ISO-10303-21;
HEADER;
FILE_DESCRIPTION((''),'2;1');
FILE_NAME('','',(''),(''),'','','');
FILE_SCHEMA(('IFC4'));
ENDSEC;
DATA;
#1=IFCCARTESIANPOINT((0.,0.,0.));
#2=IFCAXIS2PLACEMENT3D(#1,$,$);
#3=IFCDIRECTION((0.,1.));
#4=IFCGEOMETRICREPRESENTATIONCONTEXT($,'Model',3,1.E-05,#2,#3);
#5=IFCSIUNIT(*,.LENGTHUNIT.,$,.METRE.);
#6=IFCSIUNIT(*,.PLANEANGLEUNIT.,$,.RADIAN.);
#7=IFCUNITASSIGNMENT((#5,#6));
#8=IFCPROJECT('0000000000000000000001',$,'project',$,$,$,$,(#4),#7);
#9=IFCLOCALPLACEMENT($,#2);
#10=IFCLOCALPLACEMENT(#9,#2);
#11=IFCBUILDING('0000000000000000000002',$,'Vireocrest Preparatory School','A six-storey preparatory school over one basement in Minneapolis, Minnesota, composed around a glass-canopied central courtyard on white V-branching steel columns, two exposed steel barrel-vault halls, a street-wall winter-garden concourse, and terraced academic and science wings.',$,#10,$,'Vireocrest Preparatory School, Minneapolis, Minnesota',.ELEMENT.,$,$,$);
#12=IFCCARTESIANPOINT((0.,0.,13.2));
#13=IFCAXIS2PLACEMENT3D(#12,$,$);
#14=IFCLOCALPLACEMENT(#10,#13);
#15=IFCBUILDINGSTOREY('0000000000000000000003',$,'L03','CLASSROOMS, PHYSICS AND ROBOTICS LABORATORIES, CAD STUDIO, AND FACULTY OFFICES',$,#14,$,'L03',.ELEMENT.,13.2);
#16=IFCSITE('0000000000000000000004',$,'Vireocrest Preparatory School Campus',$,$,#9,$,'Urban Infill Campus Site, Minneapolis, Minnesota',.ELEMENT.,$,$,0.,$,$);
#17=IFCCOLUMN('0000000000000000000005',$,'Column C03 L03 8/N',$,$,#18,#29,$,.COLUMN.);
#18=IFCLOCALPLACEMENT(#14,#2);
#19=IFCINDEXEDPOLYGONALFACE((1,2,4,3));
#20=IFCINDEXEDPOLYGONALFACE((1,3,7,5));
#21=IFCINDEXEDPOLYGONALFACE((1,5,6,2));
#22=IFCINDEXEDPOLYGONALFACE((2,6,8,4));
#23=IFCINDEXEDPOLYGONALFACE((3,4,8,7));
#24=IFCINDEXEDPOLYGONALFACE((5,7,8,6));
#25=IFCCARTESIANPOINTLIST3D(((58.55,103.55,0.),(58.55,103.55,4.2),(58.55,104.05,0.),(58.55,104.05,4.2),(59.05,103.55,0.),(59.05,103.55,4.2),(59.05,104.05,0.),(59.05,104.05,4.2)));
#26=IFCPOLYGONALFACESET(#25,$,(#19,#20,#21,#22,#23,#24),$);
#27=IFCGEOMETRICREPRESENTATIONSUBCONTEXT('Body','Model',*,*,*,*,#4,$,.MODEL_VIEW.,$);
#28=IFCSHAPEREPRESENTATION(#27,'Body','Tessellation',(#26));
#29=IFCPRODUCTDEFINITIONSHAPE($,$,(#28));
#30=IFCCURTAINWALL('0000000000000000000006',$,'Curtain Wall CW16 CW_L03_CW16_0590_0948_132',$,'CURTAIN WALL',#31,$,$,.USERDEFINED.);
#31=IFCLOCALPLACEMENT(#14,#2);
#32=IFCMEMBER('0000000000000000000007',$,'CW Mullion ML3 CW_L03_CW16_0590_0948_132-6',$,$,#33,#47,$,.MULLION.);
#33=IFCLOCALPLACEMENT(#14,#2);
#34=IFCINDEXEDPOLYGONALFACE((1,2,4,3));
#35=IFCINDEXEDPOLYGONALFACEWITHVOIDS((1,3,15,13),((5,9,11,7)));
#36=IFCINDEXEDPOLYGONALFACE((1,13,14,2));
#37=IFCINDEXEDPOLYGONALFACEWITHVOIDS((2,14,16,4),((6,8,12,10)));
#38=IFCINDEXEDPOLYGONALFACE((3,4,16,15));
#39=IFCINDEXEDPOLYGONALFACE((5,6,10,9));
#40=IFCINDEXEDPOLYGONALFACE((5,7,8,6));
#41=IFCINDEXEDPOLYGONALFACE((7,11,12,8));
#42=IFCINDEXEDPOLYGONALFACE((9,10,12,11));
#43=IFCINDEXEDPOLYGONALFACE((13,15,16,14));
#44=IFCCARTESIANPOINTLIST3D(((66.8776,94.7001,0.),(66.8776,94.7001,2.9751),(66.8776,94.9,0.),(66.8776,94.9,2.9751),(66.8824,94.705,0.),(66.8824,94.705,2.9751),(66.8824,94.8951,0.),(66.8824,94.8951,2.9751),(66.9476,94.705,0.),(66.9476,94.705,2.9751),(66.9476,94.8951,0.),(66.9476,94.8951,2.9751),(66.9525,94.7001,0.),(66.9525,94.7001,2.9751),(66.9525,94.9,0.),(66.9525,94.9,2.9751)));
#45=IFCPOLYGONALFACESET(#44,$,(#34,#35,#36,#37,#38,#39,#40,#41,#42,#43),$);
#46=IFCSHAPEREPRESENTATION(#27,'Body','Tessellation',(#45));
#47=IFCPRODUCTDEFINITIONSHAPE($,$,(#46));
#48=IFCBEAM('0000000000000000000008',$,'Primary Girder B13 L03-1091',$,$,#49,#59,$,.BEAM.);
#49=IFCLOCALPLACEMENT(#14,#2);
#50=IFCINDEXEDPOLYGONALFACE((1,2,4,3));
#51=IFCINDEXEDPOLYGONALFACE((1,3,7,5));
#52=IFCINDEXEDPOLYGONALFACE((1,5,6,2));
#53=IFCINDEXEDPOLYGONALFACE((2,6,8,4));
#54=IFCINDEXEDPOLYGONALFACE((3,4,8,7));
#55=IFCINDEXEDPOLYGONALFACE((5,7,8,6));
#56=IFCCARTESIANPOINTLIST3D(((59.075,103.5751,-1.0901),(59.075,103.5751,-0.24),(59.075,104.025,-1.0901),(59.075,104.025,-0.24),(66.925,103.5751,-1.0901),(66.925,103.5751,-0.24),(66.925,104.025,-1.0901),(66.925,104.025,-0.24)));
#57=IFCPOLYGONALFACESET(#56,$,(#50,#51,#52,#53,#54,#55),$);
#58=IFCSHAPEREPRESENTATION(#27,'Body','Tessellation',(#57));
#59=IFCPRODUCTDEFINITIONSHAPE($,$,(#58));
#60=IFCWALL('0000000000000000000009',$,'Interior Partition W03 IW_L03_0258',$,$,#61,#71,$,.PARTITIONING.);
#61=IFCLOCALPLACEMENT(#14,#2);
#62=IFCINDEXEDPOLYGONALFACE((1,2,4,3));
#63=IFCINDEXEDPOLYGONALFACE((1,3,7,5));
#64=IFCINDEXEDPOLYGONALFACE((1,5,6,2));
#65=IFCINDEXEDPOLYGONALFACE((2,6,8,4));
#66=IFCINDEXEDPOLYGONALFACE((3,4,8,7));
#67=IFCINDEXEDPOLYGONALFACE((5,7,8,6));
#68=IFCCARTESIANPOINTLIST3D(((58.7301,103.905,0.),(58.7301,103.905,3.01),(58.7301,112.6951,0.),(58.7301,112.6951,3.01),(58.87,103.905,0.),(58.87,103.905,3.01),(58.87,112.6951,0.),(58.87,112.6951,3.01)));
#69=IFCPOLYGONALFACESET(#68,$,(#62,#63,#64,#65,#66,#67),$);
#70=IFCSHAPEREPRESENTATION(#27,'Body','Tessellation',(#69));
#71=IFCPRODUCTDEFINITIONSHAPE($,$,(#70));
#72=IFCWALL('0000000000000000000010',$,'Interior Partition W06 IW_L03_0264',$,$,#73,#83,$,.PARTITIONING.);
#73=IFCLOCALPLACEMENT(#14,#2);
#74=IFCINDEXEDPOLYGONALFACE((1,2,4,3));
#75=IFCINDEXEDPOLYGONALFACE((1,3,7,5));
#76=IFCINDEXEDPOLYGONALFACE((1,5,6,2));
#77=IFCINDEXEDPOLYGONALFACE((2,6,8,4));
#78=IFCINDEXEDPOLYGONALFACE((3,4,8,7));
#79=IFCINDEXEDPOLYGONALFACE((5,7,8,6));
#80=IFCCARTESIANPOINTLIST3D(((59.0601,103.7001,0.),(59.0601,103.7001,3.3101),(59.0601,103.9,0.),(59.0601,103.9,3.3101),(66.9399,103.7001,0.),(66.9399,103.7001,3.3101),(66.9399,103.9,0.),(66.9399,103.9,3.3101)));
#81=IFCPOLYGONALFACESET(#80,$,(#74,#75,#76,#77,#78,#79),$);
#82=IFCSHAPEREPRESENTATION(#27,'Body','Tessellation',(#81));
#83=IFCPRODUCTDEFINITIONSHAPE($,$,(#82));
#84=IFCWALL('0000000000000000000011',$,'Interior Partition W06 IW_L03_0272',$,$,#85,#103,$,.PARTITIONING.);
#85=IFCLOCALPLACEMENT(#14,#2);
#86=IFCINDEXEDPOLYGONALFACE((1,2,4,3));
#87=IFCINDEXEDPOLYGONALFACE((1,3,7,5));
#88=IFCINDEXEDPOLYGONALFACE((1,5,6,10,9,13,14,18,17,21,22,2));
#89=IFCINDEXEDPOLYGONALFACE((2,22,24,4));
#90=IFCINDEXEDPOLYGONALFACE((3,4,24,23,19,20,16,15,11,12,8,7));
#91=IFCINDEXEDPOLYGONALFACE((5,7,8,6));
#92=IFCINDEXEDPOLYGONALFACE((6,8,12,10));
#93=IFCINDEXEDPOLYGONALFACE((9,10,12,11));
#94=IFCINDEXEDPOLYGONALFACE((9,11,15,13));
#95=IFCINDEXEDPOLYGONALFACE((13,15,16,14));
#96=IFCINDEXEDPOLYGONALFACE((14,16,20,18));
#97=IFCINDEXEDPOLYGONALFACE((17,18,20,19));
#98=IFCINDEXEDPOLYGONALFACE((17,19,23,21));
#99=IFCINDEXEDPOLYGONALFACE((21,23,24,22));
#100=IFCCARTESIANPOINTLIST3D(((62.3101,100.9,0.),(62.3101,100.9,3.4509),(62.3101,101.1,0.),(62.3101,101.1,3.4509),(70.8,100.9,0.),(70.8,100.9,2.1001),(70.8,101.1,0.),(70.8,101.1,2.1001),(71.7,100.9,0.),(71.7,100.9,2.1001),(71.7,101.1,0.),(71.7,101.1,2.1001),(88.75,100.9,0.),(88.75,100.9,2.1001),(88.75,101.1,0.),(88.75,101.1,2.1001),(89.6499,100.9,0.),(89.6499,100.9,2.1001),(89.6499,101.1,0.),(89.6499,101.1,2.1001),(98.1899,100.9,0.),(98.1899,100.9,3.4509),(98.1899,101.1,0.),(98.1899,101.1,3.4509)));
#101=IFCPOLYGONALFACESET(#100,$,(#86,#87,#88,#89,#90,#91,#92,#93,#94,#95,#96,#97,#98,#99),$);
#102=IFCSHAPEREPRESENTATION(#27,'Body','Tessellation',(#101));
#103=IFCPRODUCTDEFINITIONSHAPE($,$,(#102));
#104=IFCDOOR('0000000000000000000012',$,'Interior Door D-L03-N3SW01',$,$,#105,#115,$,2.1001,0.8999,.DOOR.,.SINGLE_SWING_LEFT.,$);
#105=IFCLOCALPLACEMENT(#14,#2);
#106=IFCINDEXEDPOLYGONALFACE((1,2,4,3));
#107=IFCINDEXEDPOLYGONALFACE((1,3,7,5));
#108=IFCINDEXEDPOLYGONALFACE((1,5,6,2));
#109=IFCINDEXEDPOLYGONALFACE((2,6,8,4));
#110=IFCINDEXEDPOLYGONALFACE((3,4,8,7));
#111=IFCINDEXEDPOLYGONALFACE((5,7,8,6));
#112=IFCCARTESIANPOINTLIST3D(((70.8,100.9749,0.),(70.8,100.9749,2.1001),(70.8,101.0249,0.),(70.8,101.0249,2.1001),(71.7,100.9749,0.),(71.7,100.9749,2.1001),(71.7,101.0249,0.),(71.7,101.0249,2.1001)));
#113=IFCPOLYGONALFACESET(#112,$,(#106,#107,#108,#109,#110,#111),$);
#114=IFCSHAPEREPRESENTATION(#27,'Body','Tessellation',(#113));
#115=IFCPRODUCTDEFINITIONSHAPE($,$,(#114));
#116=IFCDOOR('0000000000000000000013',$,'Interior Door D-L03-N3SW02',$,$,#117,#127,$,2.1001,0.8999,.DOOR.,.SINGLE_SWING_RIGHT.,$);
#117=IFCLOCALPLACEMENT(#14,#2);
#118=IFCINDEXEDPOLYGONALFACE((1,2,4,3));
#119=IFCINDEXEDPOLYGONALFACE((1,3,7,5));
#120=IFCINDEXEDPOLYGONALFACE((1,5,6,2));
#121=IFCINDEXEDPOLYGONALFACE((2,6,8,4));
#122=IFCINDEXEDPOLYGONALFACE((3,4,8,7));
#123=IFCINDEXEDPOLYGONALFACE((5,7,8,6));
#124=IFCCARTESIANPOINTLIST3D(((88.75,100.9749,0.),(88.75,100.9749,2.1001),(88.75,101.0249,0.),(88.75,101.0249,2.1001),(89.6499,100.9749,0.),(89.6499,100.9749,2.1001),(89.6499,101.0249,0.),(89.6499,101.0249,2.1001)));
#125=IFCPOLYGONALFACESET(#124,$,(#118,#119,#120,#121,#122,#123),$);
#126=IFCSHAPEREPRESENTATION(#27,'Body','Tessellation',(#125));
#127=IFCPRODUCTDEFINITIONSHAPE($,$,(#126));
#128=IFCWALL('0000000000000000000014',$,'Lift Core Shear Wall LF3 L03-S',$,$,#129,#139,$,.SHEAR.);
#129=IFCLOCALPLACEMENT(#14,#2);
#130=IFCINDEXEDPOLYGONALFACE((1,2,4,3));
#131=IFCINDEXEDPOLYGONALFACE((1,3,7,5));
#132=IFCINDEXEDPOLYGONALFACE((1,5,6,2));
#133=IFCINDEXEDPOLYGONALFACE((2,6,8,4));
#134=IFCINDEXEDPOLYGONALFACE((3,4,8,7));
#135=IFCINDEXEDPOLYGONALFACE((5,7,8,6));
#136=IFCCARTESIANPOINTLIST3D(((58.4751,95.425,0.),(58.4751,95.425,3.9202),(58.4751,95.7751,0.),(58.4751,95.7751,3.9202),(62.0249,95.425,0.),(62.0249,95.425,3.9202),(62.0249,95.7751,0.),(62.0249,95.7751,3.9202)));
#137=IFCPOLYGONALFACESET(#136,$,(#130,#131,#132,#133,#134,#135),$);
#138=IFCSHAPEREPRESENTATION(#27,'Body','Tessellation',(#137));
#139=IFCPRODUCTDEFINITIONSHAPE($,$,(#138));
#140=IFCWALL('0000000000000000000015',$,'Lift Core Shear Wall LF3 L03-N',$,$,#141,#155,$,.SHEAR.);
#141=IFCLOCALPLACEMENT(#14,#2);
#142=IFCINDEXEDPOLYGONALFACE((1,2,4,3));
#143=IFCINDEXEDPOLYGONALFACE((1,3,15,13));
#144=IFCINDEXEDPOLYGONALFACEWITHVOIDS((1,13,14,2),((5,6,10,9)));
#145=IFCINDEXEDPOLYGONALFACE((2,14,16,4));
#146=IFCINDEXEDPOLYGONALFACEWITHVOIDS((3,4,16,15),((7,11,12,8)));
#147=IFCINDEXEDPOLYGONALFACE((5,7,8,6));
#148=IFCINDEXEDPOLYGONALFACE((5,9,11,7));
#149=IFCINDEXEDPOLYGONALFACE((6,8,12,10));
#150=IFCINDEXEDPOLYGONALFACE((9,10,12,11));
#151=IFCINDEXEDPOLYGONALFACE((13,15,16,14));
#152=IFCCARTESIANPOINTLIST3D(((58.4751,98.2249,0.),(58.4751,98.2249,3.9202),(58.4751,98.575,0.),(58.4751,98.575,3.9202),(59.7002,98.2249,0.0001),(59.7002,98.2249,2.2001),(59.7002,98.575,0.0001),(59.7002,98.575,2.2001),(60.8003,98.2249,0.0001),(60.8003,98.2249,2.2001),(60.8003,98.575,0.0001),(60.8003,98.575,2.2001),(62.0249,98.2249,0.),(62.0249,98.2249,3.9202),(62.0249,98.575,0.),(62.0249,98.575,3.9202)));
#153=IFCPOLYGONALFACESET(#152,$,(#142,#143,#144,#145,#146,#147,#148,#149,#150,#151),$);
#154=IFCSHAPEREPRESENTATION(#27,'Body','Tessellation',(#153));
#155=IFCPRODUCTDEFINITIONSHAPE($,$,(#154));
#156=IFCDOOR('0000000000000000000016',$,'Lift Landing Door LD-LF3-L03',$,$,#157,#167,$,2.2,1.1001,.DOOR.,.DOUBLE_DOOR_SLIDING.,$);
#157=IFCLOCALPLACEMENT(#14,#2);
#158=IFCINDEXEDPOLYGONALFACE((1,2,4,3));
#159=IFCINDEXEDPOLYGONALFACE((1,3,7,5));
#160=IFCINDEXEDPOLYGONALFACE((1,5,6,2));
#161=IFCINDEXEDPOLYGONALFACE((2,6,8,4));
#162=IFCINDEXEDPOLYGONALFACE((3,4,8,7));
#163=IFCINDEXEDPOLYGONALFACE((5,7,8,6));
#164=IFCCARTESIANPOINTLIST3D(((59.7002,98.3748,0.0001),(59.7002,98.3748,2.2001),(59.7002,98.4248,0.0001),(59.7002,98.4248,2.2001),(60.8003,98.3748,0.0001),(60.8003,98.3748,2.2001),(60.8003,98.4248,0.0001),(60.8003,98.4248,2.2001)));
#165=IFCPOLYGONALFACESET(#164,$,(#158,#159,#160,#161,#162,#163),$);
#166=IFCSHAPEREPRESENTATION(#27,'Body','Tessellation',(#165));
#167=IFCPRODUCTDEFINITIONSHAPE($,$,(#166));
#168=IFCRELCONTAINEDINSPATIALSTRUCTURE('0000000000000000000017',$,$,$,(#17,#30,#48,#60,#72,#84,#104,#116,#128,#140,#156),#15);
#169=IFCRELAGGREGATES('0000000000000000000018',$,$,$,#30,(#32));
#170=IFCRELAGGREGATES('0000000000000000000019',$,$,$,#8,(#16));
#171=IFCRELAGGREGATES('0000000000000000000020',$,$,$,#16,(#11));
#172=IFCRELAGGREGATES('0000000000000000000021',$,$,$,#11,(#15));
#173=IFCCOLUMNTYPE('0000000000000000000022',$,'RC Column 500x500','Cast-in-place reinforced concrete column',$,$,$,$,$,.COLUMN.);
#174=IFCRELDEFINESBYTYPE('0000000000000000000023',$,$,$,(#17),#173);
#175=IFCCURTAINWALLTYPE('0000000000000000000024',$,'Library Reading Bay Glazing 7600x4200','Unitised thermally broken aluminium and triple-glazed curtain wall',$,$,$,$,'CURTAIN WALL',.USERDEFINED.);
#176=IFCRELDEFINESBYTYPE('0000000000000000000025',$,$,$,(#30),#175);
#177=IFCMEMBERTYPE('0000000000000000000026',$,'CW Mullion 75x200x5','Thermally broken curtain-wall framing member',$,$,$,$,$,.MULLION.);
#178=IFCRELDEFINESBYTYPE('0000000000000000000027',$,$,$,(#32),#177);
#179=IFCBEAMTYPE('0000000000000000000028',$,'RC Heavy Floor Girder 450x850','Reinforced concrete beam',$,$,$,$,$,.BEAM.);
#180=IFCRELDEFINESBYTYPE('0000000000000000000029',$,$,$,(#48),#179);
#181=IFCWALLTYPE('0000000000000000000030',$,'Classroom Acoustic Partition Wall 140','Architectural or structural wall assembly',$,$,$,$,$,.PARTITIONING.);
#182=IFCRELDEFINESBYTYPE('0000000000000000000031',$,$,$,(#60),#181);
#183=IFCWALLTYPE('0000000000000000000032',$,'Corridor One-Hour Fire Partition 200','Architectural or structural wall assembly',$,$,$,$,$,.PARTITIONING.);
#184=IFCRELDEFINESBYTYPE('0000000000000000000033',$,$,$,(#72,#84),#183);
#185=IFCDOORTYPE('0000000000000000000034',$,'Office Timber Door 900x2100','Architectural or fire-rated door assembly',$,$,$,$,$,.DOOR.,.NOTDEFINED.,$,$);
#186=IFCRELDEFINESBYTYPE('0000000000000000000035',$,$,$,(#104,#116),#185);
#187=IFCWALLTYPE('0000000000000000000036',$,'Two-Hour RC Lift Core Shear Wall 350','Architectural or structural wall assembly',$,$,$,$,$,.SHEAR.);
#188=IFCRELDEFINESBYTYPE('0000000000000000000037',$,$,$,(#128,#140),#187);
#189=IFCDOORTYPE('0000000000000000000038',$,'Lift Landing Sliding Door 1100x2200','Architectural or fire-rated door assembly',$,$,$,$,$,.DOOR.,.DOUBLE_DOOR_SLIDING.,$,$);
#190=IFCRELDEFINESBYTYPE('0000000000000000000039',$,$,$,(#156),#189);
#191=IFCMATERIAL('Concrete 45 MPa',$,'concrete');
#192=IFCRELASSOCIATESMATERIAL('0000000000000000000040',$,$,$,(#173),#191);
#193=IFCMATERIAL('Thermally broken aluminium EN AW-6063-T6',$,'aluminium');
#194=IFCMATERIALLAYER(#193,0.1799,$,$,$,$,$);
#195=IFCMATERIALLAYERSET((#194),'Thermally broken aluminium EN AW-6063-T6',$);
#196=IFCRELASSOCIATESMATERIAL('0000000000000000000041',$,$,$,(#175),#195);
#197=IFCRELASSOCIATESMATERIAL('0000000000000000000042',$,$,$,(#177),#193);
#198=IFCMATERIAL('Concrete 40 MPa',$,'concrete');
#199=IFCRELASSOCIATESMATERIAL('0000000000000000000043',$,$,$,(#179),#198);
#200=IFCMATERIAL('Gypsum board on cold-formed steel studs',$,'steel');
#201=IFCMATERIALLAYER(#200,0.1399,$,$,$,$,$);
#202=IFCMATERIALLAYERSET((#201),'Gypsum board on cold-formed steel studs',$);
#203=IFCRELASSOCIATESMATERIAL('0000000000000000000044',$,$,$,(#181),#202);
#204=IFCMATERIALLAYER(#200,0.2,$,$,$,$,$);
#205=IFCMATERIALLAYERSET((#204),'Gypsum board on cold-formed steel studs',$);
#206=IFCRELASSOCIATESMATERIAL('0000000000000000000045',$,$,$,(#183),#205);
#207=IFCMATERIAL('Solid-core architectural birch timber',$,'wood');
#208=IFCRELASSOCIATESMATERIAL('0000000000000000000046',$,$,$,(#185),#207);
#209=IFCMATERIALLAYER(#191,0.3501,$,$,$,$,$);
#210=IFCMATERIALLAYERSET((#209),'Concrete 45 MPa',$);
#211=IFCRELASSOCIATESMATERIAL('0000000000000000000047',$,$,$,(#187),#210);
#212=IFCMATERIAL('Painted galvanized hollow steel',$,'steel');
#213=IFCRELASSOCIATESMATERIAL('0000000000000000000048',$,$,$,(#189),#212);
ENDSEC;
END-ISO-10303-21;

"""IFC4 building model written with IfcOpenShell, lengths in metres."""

from ifc_helpers import new_model, si_unit, direction, frame, frame_2d, origin, origin_2d, place, context, subcontext, project, spatial, rectangle, hollow_rectangle, extrude, material, layer, layer_set, material_profile, profile_set, type_object, element, fill, aggregate, save


model = new_model("IFC4")

# Units and contexts
model_context = context("Model", 3, precision=1e-05, world=origin(), true_north=direction((0.0, 1.0)))
body_context = subcontext(model_context, "Body", "Model", "MODEL_VIEW")
ifc_project = project(units=[si_unit("LENGTHUNIT", "METRE"), si_unit("PLANEANGLEUNIT", "RADIAN")], contexts=[model_context])

# Site, building, storey
site_placement = place(None, origin())
site = spatial("IfcSite", under=ifc_project, at=site_placement, Name="Vireocrest Preparatory School Campus", LongName="Urban Infill Campus Site, Minneapolis, Minnesota", CompositionType="ELEMENT", RefElevation=0.0)
building_placement = place(site_placement, origin())
building = spatial("IfcBuilding", under=site, at=building_placement, Name="Vireocrest Preparatory School", Description="A six-storey preparatory school over one basement in Minneapolis, Minnesota, composed around a glass-canopied central courtyard on white V-branching steel columns, two exposed steel barrel-vault halls, a street-wall winter-garden concourse, and terraced academic and science wings.", LongName="Vireocrest Preparatory School, Minneapolis, Minnesota", CompositionType="ELEMENT")
storey_placement = place(building_placement, frame((0.0, 0.0, 13.2)))
storey = spatial("IfcBuildingStorey", under=building, at=storey_placement, Name="L03", Description="CLASSROOMS, PHYSICS AND ROBOTICS LABORATORIES, CAD STUDIO, AND FACULTY OFFICES", LongName="L03", CompositionType="ELEMENT", Elevation=13.2)

# Column
ifc_material_1 = material(Name="Concrete 45 MPa", Category="concrete")
ifc_material_profile_1 = material_profile(ifc_material_1, rectangle(XDim=0.5, YDim=0.5, at=origin_2d()), Name="RC 500x500")
ifc_profile_set_1 = profile_set([ifc_material_profile_1], Name="Concrete 45 MPa")
column_type = type_object("IfcColumnType", Name="RC Column 500x500", Description="Cast-in-place reinforced concrete column", PredefinedType="COLUMN", material=ifc_profile_set_1)
column_placement = place(storey_placement, frame((58.8, 103.8, 0.0), z_axis=(0.0, 0.0, 1.0), x_axis=(1.0, 0.0, 0.0)))
element("IfcColumn", 1, at=column_placement, inside=storey, type_object=column_type, Name="Column C03 L03 8/N", PredefinedType="COLUMN", context=body_context, shape_type="SweptSolid", body=[
    extrude(rectangle(XDim=0.5, YDim=0.5, at=origin_2d()), origin(), (0.0, 0.0, 1.0), 4.2),
])

# Curtain wall, member
ifc_material_2 = material(Name="Thermally broken aluminium EN AW-6063-T6", Category="aluminium")
ifc_layer_1 = layer(ifc_material_2, 0.1799)
ifc_layer_set_1 = layer_set([ifc_layer_1], Name="Thermally broken aluminium EN AW-6063-T6")
curtain_wall_type = type_object("IfcCurtainWallType", Name="Library Reading Bay Glazing 7600x4200", Description="Unitised thermally broken aluminium and triple-glazed curtain wall", ElementType="CURTAIN WALL", PredefinedType="USERDEFINED", material=ifc_layer_set_1)
curtain_wall_placement = place(storey_placement, origin())
curtain_wall = element("IfcCurtainWall", 2, at=curtain_wall_placement, inside=storey, type_object=curtain_wall_type, Name="Curtain Wall CW16 CW_L03_CW16_0590_0948_132", ObjectType="CURTAIN WALL", PredefinedType="USERDEFINED")
ifc_material_profile_2 = material_profile(ifc_material_2, hollow_rectangle(XDim=0.075, YDim=0.2, WallThickness=0.0049, at=origin_2d()), Name="ALU 75x200x5")
ifc_profile_set_2 = profile_set([ifc_material_profile_2], Name="Thermally broken aluminium EN AW-6063-T6")
member_type = type_object("IfcMemberType", Name="CW Mullion 75x200x5", Description="Thermally broken curtain-wall framing member", PredefinedType="MULLION", material=ifc_profile_set_2)
member_placement = place(storey_placement, frame((66.915, 94.8, 0.0), z_axis=(0.0, 0.0, 1.0), x_axis=(1.0, 0.0, 0.0)))
member = element("IfcMember", 3, at=member_placement, type_object=member_type, Name="CW Mullion ML3 CW_L03_CW16_0590_0948_132-6", PredefinedType="MULLION", context=body_context, shape_type="SweptSolid", body=[
    extrude(hollow_rectangle(XDim=0.075, YDim=0.2, WallThickness=0.0049, at=origin_2d()), origin(), (0.0, 0.0, 1.0), 2.9751),
])
aggregate(curtain_wall, [member])

# Beam
ifc_material_3 = material(Name="Concrete 40 MPa", Category="concrete")
ifc_material_profile_3 = material_profile(ifc_material_3, rectangle(XDim=0.45, YDim=0.8501, at=origin_2d()), Name="RC 450x850")
ifc_profile_set_3 = profile_set([ifc_material_profile_3], Name="Concrete 40 MPa")
beam_type = type_object("IfcBeamType", Name="RC Heavy Floor Girder 450x850", Description="Reinforced concrete beam", PredefinedType="BEAM", material=ifc_profile_set_3)
beam_placement = place(storey_placement, frame((59.075, 103.8, -0.665), z_axis=(1.0, 0.0, 0.0), x_axis=(0.0, 1.0, 0.0)))
element("IfcBeam", 4, at=beam_placement, inside=storey, type_object=beam_type, Name="Primary Girder B13 L03-1091", PredefinedType="BEAM", context=body_context, shape_type="SweptSolid", body=[
    extrude(rectangle(XDim=0.45, YDim=0.8501, at=origin_2d()), origin(), (0.0, 0.0, 1.0), 7.8501),
])

# Walls
ifc_material_4 = material(Name="Gypsum board on cold-formed steel studs", Category="steel")
ifc_layer_2 = layer(ifc_material_4, 0.1399)
ifc_layer_set_2 = layer_set([ifc_layer_2], Name="Gypsum board on cold-formed steel studs")
wall_type_1 = type_object("IfcWallType", Name="Classroom Acoustic Partition Wall 140", Description="Architectural or structural wall assembly", PredefinedType="PARTITIONING", material=ifc_layer_set_2)
wall_1_placement = place(storey_placement, frame((58.8, 103.905, 0.0), z_axis=(0.0, 0.0, 1.0), x_axis=(0.0, 1.0, 0.0)))
element("IfcWall", 5, at=wall_1_placement, inside=storey, type_object=wall_type_1, Name="Interior Partition W03 IW_L03_0258", PredefinedType="PARTITIONING", context=body_context, shape_type="SweptSolid", body=[
    extrude(rectangle(XDim=8.79, YDim=0.1399, at=frame_2d((4.395, 0.0))), origin(), (0.0, 0.0, 1.0), 3.01),
])
ifc_layer_3 = layer(ifc_material_4, 0.2)
ifc_layer_set_3 = layer_set([ifc_layer_3], Name="Gypsum board on cold-formed steel studs")
wall_type_2 = type_object("IfcWallType", Name="Corridor One-Hour Fire Partition 200", Description="Architectural or structural wall assembly", PredefinedType="PARTITIONING", material=ifc_layer_set_3)
wall_2_placement = place(storey_placement, frame((59.0601, 103.8, 0.0), z_axis=(0.0, 0.0, 1.0), x_axis=(1.0, 0.0, 0.0)))
element("IfcWall", 6, at=wall_2_placement, inside=storey, type_object=wall_type_2, Name="Interior Partition W06 IW_L03_0264", PredefinedType="PARTITIONING", context=body_context, shape_type="SweptSolid", body=[
    extrude(rectangle(XDim=7.8799, YDim=0.2, at=frame_2d((3.9399, 0.0))), origin(), (0.0, 0.0, 1.0), 3.3101),
])

# Wall, openings, doors
wall_3_placement = place(storey_placement, frame((62.3101, 101.0, 0.0), z_axis=(0.0, 0.0, 1.0), x_axis=(1.0, 0.0, 0.0)))
wall_3 = element("IfcWall", 7, at=wall_3_placement, inside=storey, type_object=wall_type_2, Name="Interior Partition W06 IW_L03_0272", PredefinedType="PARTITIONING", context=body_context, shape_type="SweptSolid", body=[
    extrude(rectangle(XDim=35.8799, YDim=0.2, at=frame_2d((17.9399, 0.0))), origin(), (0.0, 0.0, 1.0), 3.4509),
])
opening_1_placement = place(wall_3_placement, frame((8.49, 0.0, 0.0)))
opening_1 = element("IfcOpeningElement", 8, at=opening_1_placement, cuts=wall_3, PredefinedType="OPENING", context=body_context, shape_type="SweptSolid", body=[
    extrude(rectangle(XDim=0.8999, YDim=2.1001, at=frame_2d((0.45, 1.05))), frame((0.0, 0.1099, 0.0), z_axis=(0.0, -1.0, 0.0), x_axis=(1.0, 0.0, 0.0)), (0.0, 0.0, 1.0), 0.22),
])
opening_2_placement = place(wall_3_placement, frame((26.4399, 0.0, 0.0)))
opening_2 = element("IfcOpeningElement", 9, at=opening_2_placement, cuts=wall_3, PredefinedType="OPENING", context=body_context, shape_type="SweptSolid", body=[
    extrude(rectangle(XDim=0.8999, YDim=2.1001, at=frame_2d((0.45, 1.05))), frame((0.0, 0.1099, 0.0), z_axis=(0.0, -1.0, 0.0), x_axis=(1.0, 0.0, 0.0)), (0.0, 0.0, 1.0), 0.22),
])
ifc_material_5 = material(Name="Solid-core architectural birch timber", Category="wood")
door_type_1 = type_object("IfcDoorType", Name="Office Timber Door 900x2100", Description="Architectural or fire-rated door assembly", OperationType="NOTDEFINED", PredefinedType="DOOR", material=ifc_material_5)
door_1_placement = place(opening_1_placement, origin())
door_1 = element("IfcDoor", 10, at=door_1_placement, inside=storey, type_object=door_type_1, Name="Interior Door D-L03-N3SW01", OperationType="SINGLE_SWING_LEFT", OverallHeight=2.1001, OverallWidth=0.8999, PredefinedType="DOOR", context=body_context, shape_type="SweptSolid", body=[
    extrude(rectangle(XDim=0.8999, YDim=2.1001, at=frame_2d((0.45, 1.05))), frame((0.0, 0.0249, 0.0), z_axis=(0.0, -1.0, 0.0), x_axis=(1.0, 0.0, 0.0)), (0.0, 0.0, 1.0), 0.05),
])
fill(opening_1, door_1)
door_2_placement = place(opening_2_placement, origin())
door_2 = element("IfcDoor", 11, at=door_2_placement, inside=storey, type_object=door_type_1, Name="Interior Door D-L03-N3SW02", OperationType="SINGLE_SWING_RIGHT", OverallHeight=2.1001, OverallWidth=0.8999, PredefinedType="DOOR", context=body_context, shape_type="SweptSolid", body=[
    extrude(rectangle(XDim=0.8999, YDim=2.1001, at=frame_2d((0.45, 1.05))), frame((0.0, 0.0249, 0.0), z_axis=(0.0, -1.0, 0.0), x_axis=(1.0, 0.0, 0.0)), (0.0, 0.0, 1.0), 0.05),
])
fill(opening_2, door_2)

# Wall
ifc_layer_4 = layer(ifc_material_1, 0.3501)
ifc_layer_set_4 = layer_set([ifc_layer_4], Name="Concrete 45 MPa")
wall_type_3 = type_object("IfcWallType", Name="Two-Hour RC Lift Core Shear Wall 350", Description="Architectural or structural wall assembly", PredefinedType="SHEAR", material=ifc_layer_set_4)
wall_4_placement = place(storey_placement, frame((58.4751, 95.6001, 0.0), z_axis=(0.0, 0.0, 1.0), x_axis=(1.0, 0.0, 0.0)))
element("IfcWall", 12, at=wall_4_placement, inside=storey, type_object=wall_type_3, Name="Lift Core Shear Wall LF3 L03-S", PredefinedType="SHEAR", context=body_context, shape_type="SweptSolid", body=[
    extrude(rectangle(XDim=3.5498, YDim=0.3501, at=frame_2d((1.7749, 0.0))), origin(), (0.0, 0.0, 1.0), 3.9202),
])

# Wall, opening, door
wall_5_placement = place(storey_placement, frame((58.4751, 98.3999, 0.0), z_axis=(0.0, 0.0, 1.0), x_axis=(1.0, 0.0, 0.0)))
wall_5 = element("IfcWall", 13, at=wall_5_placement, inside=storey, type_object=wall_type_3, Name="Lift Core Shear Wall LF3 L03-N", PredefinedType="SHEAR", context=body_context, shape_type="SweptSolid", body=[
    extrude(rectangle(XDim=3.5498, YDim=0.3501, at=frame_2d((1.7749, 0.0))), origin(), (0.0, 0.0, 1.0), 3.9202),
])
opening_3_placement = place(wall_5_placement, frame((1.2251, 0.0, 0.0)))
opening_3 = element("IfcOpeningElement", 14, at=opening_3_placement, cuts=wall_5, PredefinedType="OPENING", context=body_context, shape_type="SweptSolid", body=[
    extrude(rectangle(XDim=1.1001, YDim=2.2, at=frame_2d((0.55, 1.1001))), frame((0.0, 0.1851, 0.0), z_axis=(0.0, -1.0, 0.0), x_axis=(1.0, 0.0, 0.0)), (0.0, 0.0, 1.0), 0.3701),
])
ifc_material_6 = material(Name="Painted galvanized hollow steel", Category="steel")
door_type_2 = type_object("IfcDoorType", Name="Lift Landing Sliding Door 1100x2200", Description="Architectural or fire-rated door assembly", OperationType="DOUBLE_DOOR_SLIDING", PredefinedType="DOOR", material=ifc_material_6)
door_3_placement = place(opening_3_placement, origin())
door_3 = element("IfcDoor", 15, at=door_3_placement, inside=storey, type_object=door_type_2, Name="Lift Landing Door LD-LF3-L03", OperationType="DOUBLE_DOOR_SLIDING", OverallHeight=2.2, OverallWidth=1.1001, PredefinedType="DOOR", context=body_context, shape_type="SweptSolid", body=[
    extrude(rectangle(XDim=1.1001, YDim=2.2, at=frame_2d((0.55, 1.1001))), frame((0.0, 0.0249, 0.0), z_axis=(0.0, -1.0, 0.0), x_axis=(1.0, 0.0, 0.0)), (0.0, 0.0, 1.0), 0.05),
])
fill(opening_3, door_3)

save(model, "model.ifc")
